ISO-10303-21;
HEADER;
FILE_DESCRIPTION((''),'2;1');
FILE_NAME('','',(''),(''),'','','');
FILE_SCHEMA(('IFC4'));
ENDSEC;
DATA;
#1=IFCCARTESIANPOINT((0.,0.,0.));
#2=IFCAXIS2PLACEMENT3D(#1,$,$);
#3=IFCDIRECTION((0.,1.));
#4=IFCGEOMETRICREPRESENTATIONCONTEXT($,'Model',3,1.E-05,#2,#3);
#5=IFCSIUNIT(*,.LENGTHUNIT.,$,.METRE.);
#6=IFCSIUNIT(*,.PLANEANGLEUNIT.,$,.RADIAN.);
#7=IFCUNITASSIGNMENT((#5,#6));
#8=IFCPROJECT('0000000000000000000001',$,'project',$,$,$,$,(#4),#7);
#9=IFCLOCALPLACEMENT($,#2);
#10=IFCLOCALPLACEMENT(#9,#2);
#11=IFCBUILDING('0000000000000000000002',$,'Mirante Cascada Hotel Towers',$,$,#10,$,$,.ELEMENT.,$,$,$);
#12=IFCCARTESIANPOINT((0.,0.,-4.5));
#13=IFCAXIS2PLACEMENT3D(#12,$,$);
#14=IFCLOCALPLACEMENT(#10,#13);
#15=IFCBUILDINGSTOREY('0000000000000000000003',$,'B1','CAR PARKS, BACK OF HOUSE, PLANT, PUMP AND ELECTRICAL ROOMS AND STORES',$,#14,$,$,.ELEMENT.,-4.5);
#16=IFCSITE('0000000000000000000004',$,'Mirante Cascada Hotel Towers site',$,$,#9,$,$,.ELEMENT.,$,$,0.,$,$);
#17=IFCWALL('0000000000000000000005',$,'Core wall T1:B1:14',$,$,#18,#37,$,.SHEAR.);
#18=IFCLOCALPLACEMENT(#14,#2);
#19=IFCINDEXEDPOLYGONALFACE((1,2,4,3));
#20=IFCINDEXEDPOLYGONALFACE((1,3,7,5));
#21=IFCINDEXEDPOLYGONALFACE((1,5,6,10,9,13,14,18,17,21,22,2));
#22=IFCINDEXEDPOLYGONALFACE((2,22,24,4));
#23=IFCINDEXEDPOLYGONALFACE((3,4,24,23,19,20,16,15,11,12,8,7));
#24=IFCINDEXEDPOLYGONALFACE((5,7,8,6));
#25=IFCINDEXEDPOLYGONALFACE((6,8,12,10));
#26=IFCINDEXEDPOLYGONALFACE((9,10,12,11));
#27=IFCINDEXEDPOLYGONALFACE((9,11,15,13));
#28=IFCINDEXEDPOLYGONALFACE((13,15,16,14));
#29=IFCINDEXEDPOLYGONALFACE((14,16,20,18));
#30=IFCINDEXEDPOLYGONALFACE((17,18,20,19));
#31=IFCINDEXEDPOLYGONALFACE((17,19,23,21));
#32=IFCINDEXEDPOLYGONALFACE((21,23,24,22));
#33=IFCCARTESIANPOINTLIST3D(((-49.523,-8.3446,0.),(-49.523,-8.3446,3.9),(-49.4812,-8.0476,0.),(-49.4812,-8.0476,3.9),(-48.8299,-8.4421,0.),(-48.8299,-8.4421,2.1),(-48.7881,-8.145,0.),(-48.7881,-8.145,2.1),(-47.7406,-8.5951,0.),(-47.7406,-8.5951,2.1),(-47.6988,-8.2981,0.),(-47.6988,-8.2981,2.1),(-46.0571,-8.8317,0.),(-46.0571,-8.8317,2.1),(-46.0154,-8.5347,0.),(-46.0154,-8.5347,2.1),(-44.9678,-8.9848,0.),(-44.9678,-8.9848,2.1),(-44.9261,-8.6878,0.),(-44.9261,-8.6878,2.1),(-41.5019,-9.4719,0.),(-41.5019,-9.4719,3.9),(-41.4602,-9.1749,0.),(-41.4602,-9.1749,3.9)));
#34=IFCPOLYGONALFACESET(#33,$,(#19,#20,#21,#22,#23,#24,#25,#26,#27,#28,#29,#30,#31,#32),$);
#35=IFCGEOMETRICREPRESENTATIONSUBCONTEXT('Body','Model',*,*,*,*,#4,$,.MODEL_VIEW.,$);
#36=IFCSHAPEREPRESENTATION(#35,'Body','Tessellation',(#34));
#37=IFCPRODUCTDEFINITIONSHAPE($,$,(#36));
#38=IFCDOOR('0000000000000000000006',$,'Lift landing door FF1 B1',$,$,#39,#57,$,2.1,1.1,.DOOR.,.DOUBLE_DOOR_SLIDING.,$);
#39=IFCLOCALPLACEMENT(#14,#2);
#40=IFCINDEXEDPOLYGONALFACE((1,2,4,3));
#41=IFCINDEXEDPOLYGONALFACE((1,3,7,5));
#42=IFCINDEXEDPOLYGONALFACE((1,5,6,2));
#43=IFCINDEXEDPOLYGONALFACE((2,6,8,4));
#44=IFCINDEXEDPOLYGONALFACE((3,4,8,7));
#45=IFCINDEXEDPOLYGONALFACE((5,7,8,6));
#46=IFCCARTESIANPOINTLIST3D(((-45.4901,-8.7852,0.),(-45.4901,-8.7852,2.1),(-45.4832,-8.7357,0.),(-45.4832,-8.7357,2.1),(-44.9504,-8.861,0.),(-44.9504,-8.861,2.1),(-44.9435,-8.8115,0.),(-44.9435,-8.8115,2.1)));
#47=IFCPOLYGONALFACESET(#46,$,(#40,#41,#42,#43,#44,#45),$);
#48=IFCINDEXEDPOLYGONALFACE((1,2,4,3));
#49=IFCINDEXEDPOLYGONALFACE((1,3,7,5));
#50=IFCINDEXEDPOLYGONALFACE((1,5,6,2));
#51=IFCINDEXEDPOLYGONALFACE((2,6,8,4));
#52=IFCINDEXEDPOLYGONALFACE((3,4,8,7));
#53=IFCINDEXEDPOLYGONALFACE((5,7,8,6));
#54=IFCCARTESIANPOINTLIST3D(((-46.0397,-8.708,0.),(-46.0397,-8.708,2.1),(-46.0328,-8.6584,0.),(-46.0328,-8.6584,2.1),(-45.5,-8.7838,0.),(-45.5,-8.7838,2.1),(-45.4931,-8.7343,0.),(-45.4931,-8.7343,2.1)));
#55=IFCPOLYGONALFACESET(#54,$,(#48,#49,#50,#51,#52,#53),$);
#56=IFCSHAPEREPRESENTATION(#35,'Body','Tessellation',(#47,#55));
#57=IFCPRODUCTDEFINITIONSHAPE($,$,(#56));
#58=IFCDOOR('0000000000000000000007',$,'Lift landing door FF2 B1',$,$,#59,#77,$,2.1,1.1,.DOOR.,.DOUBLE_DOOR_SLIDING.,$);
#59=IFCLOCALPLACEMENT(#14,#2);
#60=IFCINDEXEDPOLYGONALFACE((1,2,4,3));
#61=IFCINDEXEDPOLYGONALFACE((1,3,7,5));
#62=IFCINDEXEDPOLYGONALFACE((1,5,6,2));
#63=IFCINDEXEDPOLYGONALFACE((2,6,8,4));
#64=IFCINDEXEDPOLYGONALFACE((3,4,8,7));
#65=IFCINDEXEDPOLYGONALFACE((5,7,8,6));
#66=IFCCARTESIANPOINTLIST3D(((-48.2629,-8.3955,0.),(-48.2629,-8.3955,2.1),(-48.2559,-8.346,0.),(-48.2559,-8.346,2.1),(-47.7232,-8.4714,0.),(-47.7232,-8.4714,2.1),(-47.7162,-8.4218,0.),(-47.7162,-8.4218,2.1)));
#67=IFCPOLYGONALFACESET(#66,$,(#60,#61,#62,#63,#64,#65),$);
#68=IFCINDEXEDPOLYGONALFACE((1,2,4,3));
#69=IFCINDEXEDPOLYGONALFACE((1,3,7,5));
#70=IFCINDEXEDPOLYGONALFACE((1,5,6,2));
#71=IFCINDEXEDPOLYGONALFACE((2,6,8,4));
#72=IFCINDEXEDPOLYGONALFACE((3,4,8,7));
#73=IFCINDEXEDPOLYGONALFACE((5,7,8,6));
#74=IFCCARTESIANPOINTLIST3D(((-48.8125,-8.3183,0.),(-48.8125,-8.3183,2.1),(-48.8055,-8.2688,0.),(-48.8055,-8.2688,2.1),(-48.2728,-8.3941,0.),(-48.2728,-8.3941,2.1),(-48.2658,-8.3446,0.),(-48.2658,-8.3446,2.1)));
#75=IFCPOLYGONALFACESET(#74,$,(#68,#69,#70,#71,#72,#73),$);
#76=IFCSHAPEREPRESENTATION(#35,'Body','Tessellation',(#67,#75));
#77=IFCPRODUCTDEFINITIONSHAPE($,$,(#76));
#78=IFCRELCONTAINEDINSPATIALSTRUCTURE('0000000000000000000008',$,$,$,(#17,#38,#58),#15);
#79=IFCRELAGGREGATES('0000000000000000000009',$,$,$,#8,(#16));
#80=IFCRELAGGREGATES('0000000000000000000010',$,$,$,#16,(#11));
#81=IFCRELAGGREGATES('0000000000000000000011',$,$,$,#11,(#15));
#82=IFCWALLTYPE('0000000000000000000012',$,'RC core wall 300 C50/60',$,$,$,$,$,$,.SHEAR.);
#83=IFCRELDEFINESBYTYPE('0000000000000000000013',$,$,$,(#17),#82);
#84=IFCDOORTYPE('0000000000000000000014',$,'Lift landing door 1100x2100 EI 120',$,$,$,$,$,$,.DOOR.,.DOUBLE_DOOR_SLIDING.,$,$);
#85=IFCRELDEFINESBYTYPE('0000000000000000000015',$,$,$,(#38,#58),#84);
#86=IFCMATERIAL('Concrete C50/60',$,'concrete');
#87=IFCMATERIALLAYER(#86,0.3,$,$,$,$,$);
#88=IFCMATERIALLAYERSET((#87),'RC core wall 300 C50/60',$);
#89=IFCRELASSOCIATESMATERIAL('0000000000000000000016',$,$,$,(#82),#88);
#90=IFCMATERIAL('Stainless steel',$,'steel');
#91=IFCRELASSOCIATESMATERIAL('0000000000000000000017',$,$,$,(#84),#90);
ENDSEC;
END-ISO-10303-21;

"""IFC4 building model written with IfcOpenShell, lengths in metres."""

from ifc_helpers import new_model, si_unit, direction, frame, frame_2d, origin, place, context, subcontext, project, spatial, rectangle, extrude, material, layer, layer_set, type_object, element, fill, save


model = new_model("IFC4")

# Units and contexts
model_context = context("Model", 3, precision=1e-05, world=origin(), true_north=direction((0.0, 1.0)))
body_context = subcontext(model_context, "Body", "Model", "MODEL_VIEW")
ifc_project = project(units=[si_unit("LENGTHUNIT", "METRE"), si_unit("PLANEANGLEUNIT", "RADIAN")], contexts=[model_context])

# Site, building, storey
site_placement = place(None, origin())
site = spatial("IfcSite", under=ifc_project, at=site_placement, Name="Mirante Cascada Hotel Towers site", CompositionType="ELEMENT", RefElevation=0.0)
building_placement = place(site_placement, origin())
building = spatial("IfcBuilding", under=site, at=building_placement, Name="Mirante Cascada Hotel Towers", CompositionType="ELEMENT")
storey_placement = place(building_placement, frame((0.0, 0.0, -4.5)))
storey = spatial("IfcBuildingStorey", under=building, at=storey_placement, Name="B1", Description="CAR PARKS, BACK OF HOUSE, PLANT, PUMP AND ELECTRICAL ROOMS AND STORES", CompositionType="ELEMENT", Elevation=-4.5)

# Shared definitions
ifc_material_1 = material(Name="Concrete C50/60", Category="concrete")
ifc_layer_1 = layer(ifc_material_1, 0.3)
ifc_layer_set_1 = layer_set([ifc_layer_1], Name="RC core wall 300 C50/60")
wall_type_1 = type_object("IfcWallType", Name="RC core wall 300 C50/60", PredefinedType="SHEAR", material=ifc_layer_set_1)

# Wall, openings, doors
wall_1_placement = place(storey_placement, frame((-41.481, -9.3234, 0.0), z_axis=(0.0, 0.0, 1.0), x_axis=(-0.990268, 0.139174, 0.0)))
wall_1 = element("IfcWall", 1, at=wall_1_placement, inside=storey, type_object=wall_type_1, Name="Core wall T1:B1:14", PredefinedType="SHEAR", context=body_context, shape_type="SweptSolid", body=[
    extrude(rectangle(XDim=8.0999, YDim=0.3, at=frame_2d((4.05, 0.0))), origin(), (0.0, 0.0, 1.0), 3.9),
])
opening_1_placement = place(wall_1_placement, frame((3.5, 0.0, 0.0)))
opening_1 = element("IfcOpeningElement", 2, at=opening_1_placement, cuts=wall_1, PredefinedType="OPENING", context=body_context, shape_type="SweptSolid", body=[
    extrude(rectangle(XDim=1.1, YDim=2.1, at=frame_2d((0.55, 1.05))), frame((0.0, 0.15, 0.0), z_axis=(0.0, -1.0, 0.0), x_axis=(1.0, 0.0, 0.0)), (0.0, 0.0, 1.0), 0.3),
])
opening_2_placement = place(wall_1_placement, frame((6.3, 0.0, 0.0)))
opening_2 = element("IfcOpeningElement", 3, at=opening_2_placement, cuts=wall_1, PredefinedType="OPENING", context=body_context, shape_type="SweptSolid", body=[
    extrude(rectangle(XDim=1.1, YDim=2.1, at=frame_2d((0.55, 1.05))), frame((0.0, 0.15, 0.0), z_axis=(0.0, -1.0, 0.0), x_axis=(1.0, 0.0, 0.0)), (0.0, 0.0, 1.0), 0.3),
])
ifc_material_2 = material(Name="Stainless steel", Category="steel")
door_type_1 = type_object("IfcDoorType", Name="Lift landing door 1100x2100 EI 120", OperationType="DOUBLE_DOOR_SLIDING", PredefinedType="DOOR", material=ifc_material_2)
door_1_placement = place(opening_1_placement, origin())
door_1 = element("IfcDoor", 4, at=door_1_placement, inside=storey, type_object=door_type_1, Name="Lift landing door FF1 B1", OperationType="DOUBLE_DOOR_SLIDING", OverallHeight=2.1, OverallWidth=1.1, PredefinedType="DOOR", context=body_context, shape_type="SweptSolid", body=[
    extrude(rectangle(XDim=0.545, YDim=2.1, at=frame_2d((0.2725, 1.05))), frame((0.0, 0.025, 0.0), z_axis=(0.0, -1.0, 0.0), x_axis=(1.0, 0.0, 0.0)), (0.0, 0.0, 1.0), 0.05),
    extrude(rectangle(XDim=0.545, YDim=2.1, at=frame_2d((0.8275, 1.05))), frame((0.0, 0.025, 0.0), z_axis=(0.0, -1.0, 0.0), x_axis=(1.0, 0.0, 0.0)), (0.0, 0.0, 1.0), 0.05),
])
fill(opening_1, door_1)
door_2_placement = place(opening_2_placement, origin())
door_2 = element("IfcDoor", 5, at=door_2_placement, inside=storey, type_object=door_type_1, Name="Lift landing door FF2 B1", OperationType="DOUBLE_DOOR_SLIDING", OverallHeight=2.1, OverallWidth=1.1, PredefinedType="DOOR", context=body_context, shape_type="SweptSolid", body=[
    extrude(rectangle(XDim=0.545, YDim=2.1, at=frame_2d((0.2725, 1.05))), frame((0.0, 0.025, 0.0), z_axis=(0.0, -1.0, 0.0), x_axis=(1.0, 0.0, 0.0)), (0.0, 0.0, 1.0), 0.05),
    extrude(rectangle(XDim=0.545, YDim=2.1, at=frame_2d((0.8275, 1.05))), frame((0.0, 0.025, 0.0), z_axis=(0.0, -1.0, 0.0), x_axis=(1.0, 0.0, 0.0)), (0.0, 0.0, 1.0), 0.05),
])
fill(opening_2, door_2)

save(model, "model.ifc")
